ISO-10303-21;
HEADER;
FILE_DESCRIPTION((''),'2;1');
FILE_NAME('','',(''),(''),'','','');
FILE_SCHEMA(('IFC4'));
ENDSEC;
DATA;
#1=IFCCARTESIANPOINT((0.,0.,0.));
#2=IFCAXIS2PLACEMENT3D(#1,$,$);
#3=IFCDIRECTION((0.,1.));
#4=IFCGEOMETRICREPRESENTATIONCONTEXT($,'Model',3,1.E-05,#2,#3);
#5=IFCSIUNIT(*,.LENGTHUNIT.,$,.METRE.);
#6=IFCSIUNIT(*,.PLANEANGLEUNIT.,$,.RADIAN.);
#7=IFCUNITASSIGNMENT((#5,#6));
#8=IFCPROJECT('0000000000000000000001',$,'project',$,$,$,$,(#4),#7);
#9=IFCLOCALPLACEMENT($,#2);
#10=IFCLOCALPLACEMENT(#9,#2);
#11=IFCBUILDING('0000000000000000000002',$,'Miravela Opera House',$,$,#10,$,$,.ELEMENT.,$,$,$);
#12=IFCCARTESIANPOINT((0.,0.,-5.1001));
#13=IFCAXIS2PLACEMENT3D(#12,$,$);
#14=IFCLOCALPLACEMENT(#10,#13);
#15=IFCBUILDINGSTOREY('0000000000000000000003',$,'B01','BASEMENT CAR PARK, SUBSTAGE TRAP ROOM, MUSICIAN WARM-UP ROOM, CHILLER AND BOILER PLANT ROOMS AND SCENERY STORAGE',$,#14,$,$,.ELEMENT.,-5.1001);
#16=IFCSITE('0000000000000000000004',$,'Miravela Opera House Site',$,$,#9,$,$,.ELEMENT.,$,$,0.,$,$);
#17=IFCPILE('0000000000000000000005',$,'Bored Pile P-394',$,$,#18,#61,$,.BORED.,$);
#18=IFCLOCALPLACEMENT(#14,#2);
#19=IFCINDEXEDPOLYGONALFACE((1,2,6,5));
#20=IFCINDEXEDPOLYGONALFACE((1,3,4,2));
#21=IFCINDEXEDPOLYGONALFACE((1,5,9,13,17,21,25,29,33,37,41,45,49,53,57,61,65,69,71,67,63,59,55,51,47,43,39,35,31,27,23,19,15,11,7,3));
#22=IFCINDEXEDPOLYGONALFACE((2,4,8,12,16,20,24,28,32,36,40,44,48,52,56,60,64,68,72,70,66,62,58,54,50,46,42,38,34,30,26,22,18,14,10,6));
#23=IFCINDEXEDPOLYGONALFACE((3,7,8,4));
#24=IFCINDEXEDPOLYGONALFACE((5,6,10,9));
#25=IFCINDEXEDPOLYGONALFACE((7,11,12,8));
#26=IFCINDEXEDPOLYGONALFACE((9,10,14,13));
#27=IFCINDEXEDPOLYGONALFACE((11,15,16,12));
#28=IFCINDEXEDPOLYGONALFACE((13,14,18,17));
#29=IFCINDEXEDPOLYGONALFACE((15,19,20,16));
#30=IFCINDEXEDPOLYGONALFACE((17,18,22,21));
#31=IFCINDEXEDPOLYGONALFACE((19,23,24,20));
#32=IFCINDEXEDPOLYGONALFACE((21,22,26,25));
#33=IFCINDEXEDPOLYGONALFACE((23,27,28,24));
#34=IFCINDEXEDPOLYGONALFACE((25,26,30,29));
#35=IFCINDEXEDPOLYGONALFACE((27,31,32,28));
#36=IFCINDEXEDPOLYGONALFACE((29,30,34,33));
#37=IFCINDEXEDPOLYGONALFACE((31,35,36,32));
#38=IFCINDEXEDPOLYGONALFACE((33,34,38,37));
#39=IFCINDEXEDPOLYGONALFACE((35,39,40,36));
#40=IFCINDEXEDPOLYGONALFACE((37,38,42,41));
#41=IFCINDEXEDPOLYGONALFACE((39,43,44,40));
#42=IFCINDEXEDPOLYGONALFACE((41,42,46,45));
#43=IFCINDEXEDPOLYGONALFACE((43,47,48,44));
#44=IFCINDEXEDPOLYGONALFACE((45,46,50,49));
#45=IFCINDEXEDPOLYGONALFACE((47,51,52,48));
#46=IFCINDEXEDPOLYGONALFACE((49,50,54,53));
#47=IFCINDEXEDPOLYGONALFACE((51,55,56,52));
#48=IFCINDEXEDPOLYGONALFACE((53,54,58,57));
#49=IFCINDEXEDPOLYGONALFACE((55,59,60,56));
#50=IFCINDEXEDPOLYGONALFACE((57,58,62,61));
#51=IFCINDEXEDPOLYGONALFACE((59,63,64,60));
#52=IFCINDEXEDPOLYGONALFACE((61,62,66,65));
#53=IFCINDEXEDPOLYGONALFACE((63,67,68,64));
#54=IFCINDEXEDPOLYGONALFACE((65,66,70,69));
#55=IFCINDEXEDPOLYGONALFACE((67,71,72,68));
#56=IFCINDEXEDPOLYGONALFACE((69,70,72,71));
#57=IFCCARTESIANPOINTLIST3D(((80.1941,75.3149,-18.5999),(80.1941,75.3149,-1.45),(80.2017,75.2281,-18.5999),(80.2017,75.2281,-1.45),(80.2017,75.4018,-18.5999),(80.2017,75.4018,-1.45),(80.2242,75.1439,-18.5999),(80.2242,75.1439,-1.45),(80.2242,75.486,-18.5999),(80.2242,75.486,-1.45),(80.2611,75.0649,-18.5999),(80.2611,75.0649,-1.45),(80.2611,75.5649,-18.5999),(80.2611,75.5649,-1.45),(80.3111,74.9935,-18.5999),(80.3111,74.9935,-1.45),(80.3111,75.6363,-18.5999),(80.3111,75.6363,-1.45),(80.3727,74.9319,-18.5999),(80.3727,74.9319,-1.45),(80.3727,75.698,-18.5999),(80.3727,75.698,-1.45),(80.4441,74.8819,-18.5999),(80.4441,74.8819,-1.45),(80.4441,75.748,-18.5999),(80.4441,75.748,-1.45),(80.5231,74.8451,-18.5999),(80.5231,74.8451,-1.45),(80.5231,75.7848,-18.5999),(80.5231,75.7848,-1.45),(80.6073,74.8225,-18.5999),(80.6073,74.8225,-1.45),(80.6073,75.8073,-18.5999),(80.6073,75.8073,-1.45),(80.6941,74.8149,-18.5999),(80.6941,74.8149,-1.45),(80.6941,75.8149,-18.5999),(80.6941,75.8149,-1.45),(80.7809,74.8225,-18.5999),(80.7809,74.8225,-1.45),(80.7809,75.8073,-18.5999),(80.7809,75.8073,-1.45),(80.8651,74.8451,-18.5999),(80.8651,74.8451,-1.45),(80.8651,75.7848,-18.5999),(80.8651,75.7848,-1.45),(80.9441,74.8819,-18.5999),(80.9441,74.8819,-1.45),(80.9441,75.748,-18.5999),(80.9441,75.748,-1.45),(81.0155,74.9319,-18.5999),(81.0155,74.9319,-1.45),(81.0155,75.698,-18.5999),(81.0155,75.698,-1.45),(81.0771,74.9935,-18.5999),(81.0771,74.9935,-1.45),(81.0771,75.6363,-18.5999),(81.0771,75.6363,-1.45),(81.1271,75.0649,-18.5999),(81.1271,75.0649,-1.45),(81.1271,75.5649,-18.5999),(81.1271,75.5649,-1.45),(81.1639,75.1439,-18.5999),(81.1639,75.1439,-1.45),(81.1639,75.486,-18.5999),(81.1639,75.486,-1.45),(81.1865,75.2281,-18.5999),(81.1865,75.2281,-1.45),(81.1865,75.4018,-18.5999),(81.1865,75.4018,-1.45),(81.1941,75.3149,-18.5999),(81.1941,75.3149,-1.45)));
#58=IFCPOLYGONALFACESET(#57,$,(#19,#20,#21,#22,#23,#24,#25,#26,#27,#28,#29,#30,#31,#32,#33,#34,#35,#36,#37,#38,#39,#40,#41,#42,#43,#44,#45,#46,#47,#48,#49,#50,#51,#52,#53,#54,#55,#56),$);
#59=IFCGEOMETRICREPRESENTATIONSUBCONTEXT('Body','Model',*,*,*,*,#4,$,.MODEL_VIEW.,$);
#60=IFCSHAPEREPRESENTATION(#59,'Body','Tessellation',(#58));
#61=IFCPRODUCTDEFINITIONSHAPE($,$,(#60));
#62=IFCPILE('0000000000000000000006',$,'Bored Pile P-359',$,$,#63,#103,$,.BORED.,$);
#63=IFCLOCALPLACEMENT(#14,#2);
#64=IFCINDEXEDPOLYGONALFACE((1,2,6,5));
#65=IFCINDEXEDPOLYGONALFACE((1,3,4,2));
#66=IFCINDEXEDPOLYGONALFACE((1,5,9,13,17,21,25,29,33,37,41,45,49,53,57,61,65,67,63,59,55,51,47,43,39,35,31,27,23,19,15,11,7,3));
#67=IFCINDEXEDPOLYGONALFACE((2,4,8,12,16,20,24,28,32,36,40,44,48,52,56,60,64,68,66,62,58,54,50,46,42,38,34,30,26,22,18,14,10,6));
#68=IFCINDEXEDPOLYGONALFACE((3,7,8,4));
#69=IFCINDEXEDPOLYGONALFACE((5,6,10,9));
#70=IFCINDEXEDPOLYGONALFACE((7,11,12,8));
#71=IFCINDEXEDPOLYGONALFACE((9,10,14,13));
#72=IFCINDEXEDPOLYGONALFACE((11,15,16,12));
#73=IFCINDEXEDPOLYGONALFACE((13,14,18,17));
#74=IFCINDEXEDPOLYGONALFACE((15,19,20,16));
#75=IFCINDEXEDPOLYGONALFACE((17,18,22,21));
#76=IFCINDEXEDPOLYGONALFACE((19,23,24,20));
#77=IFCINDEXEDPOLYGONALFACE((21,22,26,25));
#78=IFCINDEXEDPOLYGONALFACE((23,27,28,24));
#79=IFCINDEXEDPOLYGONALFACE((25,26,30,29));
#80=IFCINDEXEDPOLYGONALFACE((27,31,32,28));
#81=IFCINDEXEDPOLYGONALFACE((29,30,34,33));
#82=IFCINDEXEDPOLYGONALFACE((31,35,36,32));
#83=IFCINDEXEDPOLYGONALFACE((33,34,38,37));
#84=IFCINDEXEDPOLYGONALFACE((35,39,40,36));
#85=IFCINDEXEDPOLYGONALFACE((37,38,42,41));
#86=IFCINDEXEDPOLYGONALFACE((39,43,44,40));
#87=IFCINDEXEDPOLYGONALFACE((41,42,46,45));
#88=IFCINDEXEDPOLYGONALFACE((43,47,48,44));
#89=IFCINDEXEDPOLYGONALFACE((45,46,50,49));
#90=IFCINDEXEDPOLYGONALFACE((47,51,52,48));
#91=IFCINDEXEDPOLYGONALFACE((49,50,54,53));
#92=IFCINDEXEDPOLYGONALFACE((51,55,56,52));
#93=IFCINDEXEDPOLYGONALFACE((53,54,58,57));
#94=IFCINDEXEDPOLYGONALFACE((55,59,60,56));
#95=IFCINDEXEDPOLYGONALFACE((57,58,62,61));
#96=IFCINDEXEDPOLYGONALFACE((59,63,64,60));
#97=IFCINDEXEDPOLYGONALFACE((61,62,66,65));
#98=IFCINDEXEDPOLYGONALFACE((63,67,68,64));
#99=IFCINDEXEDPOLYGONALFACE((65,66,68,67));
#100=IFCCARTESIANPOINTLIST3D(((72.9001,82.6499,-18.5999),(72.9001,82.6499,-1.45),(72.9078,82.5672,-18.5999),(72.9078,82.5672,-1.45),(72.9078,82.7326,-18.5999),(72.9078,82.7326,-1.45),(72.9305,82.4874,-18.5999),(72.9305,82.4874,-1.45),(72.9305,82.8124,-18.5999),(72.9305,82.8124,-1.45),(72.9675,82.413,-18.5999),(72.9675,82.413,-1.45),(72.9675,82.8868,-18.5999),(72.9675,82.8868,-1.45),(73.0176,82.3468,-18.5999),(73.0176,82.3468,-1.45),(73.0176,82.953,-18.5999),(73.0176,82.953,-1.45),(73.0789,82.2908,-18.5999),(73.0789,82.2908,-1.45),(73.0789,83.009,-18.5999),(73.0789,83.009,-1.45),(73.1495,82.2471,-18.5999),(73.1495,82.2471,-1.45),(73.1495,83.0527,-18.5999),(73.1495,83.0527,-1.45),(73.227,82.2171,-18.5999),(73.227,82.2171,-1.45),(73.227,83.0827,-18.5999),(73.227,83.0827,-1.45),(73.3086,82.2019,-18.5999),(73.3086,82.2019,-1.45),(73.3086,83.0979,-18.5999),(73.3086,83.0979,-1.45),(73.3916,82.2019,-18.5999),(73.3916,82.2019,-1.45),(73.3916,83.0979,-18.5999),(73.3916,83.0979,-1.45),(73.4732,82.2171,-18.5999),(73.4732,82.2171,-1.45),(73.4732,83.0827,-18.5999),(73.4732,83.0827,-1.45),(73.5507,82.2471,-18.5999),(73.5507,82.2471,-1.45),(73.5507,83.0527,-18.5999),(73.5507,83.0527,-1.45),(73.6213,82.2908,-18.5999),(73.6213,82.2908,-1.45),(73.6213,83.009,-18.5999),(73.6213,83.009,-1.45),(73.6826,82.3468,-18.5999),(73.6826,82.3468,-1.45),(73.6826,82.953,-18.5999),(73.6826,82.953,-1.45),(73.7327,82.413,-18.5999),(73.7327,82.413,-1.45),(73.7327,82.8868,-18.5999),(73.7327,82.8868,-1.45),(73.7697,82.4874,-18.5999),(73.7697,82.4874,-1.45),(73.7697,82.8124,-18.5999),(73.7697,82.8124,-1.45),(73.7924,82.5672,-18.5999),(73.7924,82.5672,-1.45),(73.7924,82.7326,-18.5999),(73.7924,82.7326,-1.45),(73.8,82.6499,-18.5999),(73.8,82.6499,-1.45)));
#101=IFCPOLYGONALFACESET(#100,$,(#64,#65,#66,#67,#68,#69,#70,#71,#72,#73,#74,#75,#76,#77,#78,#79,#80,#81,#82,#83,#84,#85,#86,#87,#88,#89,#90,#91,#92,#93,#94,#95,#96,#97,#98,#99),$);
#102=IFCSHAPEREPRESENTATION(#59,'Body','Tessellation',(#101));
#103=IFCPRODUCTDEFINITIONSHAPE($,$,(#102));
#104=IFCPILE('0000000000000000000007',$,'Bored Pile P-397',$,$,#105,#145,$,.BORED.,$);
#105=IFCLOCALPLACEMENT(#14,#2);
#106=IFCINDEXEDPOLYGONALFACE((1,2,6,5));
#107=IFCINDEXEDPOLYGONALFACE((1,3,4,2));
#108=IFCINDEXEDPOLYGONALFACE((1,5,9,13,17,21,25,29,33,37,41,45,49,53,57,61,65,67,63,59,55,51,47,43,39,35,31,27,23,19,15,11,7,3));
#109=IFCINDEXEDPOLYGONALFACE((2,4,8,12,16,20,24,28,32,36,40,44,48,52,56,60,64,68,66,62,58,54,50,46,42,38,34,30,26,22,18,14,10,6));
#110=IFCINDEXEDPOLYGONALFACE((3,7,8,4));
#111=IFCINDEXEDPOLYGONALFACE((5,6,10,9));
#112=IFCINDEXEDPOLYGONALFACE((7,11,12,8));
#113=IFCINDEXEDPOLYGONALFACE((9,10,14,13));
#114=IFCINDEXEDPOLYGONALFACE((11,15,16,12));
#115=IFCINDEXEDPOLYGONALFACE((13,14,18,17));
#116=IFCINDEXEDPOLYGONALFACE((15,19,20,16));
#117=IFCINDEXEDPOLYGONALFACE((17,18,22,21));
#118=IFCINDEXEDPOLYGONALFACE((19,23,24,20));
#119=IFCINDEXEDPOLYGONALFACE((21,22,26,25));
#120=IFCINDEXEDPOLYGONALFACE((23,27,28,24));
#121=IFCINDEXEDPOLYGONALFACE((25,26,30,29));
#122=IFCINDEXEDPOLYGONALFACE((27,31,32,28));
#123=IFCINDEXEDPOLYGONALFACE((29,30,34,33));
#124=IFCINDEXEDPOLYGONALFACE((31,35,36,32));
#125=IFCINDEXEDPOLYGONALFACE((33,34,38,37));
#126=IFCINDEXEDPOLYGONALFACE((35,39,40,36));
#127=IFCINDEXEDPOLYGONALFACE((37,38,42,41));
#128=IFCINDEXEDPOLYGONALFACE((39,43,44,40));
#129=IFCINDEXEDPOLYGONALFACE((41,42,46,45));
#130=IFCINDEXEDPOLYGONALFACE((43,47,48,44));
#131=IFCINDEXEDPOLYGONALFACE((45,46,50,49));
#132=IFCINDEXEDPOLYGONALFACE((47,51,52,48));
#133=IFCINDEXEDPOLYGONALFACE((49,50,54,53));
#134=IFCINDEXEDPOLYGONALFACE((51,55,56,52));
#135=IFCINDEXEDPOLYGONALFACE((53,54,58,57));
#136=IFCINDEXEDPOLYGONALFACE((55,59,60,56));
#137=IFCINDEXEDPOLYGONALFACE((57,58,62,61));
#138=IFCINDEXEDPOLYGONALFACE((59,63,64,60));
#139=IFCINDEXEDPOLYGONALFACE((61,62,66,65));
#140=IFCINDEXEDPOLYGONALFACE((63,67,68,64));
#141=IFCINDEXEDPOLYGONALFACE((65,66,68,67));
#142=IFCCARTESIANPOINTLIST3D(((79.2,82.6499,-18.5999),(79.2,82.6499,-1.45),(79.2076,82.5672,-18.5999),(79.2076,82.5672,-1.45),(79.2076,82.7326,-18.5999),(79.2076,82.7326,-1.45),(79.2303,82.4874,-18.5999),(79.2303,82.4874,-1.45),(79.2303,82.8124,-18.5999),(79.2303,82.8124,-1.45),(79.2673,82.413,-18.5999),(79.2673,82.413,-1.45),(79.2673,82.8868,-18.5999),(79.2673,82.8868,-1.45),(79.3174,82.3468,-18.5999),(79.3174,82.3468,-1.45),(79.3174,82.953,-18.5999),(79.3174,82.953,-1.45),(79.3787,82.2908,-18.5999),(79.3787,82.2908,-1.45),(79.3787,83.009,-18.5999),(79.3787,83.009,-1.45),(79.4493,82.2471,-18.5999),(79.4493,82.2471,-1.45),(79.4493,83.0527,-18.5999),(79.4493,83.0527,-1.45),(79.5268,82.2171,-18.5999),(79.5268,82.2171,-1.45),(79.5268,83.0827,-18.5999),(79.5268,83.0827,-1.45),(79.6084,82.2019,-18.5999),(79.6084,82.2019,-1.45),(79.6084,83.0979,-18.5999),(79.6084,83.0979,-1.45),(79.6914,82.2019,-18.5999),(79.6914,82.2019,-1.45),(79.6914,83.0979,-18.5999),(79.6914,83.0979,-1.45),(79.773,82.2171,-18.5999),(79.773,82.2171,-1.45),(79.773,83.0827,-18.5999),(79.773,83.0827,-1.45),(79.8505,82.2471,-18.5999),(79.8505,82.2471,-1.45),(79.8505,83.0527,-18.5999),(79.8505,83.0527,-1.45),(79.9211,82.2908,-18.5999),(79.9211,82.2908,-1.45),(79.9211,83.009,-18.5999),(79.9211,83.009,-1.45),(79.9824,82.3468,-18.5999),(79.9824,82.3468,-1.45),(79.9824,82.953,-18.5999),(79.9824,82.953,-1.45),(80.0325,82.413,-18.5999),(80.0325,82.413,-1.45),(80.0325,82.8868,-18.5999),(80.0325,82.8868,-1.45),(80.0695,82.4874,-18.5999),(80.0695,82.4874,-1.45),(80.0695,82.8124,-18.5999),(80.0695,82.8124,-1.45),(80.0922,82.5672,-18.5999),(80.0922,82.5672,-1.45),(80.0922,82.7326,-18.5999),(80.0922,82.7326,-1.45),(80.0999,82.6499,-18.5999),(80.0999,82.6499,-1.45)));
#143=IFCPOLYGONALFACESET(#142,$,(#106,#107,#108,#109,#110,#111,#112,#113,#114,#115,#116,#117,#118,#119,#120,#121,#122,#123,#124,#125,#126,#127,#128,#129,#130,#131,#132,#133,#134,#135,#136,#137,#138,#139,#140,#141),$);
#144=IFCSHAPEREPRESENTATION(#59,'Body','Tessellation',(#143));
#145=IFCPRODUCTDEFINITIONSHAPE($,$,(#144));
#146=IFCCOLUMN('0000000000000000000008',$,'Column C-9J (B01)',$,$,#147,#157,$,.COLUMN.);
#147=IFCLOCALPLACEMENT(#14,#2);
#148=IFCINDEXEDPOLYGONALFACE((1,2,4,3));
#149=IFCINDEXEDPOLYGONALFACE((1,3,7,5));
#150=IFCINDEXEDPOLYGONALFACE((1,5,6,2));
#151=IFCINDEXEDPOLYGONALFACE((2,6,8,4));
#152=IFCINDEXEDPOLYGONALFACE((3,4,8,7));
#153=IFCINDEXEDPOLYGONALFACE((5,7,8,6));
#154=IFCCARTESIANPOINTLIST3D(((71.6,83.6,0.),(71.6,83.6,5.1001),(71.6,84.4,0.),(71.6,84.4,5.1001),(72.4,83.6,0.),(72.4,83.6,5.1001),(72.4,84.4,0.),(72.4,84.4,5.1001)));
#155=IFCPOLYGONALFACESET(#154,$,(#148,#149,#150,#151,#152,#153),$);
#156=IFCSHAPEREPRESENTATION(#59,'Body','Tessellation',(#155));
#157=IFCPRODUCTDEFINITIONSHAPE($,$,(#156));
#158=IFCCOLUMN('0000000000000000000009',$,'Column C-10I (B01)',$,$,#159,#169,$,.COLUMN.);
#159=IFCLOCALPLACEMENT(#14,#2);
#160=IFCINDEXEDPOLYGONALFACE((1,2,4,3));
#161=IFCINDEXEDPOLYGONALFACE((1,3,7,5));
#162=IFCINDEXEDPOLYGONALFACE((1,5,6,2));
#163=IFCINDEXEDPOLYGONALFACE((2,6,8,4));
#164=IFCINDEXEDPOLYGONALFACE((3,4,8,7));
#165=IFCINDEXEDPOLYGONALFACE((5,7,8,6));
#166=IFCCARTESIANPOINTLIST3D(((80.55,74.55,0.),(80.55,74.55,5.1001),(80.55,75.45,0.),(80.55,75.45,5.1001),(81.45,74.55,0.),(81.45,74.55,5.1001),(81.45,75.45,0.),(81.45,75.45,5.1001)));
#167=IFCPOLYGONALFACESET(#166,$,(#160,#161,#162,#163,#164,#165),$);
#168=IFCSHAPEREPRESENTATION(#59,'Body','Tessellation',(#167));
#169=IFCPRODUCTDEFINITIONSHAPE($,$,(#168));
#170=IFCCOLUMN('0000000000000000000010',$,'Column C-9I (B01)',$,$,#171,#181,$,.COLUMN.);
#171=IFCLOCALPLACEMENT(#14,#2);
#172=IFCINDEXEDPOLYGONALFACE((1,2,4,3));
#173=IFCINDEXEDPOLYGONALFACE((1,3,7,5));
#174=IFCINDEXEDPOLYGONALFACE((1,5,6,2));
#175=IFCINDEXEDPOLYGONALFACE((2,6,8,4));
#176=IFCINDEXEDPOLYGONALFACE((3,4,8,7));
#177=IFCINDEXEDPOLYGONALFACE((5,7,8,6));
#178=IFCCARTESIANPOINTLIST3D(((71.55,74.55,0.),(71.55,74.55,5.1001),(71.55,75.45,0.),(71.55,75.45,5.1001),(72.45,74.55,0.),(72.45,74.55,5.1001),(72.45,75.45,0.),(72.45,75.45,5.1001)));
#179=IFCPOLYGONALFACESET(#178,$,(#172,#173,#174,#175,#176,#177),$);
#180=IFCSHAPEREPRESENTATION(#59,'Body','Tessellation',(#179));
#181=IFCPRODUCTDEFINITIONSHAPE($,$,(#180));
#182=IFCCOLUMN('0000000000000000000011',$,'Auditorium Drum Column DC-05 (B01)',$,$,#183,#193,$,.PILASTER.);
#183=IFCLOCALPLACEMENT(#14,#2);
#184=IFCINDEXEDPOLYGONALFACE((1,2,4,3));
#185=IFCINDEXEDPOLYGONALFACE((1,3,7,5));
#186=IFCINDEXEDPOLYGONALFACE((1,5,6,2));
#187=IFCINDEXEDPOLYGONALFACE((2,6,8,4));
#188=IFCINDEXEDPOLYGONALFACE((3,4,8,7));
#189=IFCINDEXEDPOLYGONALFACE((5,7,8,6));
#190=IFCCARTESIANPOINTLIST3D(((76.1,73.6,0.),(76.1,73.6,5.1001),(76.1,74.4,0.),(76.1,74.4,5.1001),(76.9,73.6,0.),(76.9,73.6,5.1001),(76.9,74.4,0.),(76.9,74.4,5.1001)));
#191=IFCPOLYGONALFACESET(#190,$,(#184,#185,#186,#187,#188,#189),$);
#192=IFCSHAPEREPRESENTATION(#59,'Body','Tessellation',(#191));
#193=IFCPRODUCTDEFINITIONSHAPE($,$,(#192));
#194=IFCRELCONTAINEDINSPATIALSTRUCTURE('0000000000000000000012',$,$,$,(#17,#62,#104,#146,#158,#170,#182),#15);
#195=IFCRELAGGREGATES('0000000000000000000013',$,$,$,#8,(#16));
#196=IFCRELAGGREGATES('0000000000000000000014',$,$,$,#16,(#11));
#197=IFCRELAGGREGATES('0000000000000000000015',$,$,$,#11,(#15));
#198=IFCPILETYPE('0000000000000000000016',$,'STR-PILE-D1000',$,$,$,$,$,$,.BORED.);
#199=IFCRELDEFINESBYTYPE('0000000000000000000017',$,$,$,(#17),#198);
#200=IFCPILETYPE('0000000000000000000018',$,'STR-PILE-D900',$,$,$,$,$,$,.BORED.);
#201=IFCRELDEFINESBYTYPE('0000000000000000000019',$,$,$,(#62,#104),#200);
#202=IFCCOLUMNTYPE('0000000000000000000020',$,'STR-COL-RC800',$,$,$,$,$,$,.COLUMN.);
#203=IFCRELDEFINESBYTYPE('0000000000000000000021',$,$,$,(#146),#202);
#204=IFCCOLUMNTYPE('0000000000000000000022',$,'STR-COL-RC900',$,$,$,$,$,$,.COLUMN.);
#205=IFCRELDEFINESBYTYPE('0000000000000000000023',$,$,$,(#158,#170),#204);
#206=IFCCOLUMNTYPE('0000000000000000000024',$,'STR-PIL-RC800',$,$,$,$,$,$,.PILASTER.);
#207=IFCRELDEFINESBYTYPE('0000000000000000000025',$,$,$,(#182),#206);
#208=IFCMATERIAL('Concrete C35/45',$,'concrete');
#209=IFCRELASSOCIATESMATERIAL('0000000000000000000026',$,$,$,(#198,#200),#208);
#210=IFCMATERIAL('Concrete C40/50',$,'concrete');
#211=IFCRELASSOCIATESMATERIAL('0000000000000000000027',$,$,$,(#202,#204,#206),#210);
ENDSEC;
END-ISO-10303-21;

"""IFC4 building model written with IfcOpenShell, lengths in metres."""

from ifc_helpers import new_model, si_unit, direction, frame, origin, origin_2d, place, context, subcontext, project, spatial, rectangle, circle, extrude, material, material_profile, profile_set, type_object, element, save


model = new_model("IFC4")

# Units and contexts
model_context = context("Model", 3, precision=1e-05, world=origin(), true_north=direction((0.0, 1.0)))
body_context = subcontext(model_context, "Body", "Model", "MODEL_VIEW")
ifc_project = project(units=[si_unit("LENGTHUNIT", "METRE"), si_unit("PLANEANGLEUNIT", "RADIAN")], contexts=[model_context])

# Site, building, storey
site_placement = place(None, origin())
site = spatial("IfcSite", under=ifc_project, at=site_placement, Name="Miravela Opera House Site", CompositionType="ELEMENT", RefElevation=0.0)
building_placement = place(site_placement, origin())
building = spatial("IfcBuilding", under=site, at=building_placement, Name="Miravela Opera House", CompositionType="ELEMENT")
storey_placement = place(building_placement, frame((0.0, 0.0, -5.1001)))
storey = spatial("IfcBuildingStorey", under=building, at=storey_placement, Name="B01", Description="BASEMENT CAR PARK, SUBSTAGE TRAP ROOM, MUSICIAN WARM-UP ROOM, CHILLER AND BOILER PLANT ROOMS AND SCENERY STORAGE", CompositionType="ELEMENT", Elevation=-5.1001)

# Shared definitions
ifc_material_1 = material(Name="Concrete C35/45", Category="concrete")

# Piles
ifc_material_profile_1 = material_profile(ifc_material_1, circle(Radius=0.5, at=origin_2d()), Name="PILE-D1000")
ifc_profile_set_1 = profile_set([ifc_material_profile_1])
pile_type_1 = type_object("IfcPileType", Name="STR-PILE-D1000", PredefinedType="BORED", material=ifc_profile_set_1)
for number, where, z_axis, x_axis, name in (
    (1, (80.6941, 75.3149, -1.45), (0.0, 0.0, -1.0), (1.0, 0.0, 0.0), "Bored Pile P-394"),
):
    element("IfcPile", number, at=place(storey_placement, frame(where, z_axis=z_axis, x_axis=x_axis)), inside=storey, type_object=pile_type_1, Name=name, PredefinedType="BORED", context=body_context, shape_type="SweptSolid", body=[
        extrude(circle(Radius=0.5, at=origin_2d()), origin(), (0.0, 0.0, 1.0), 17.1499),
    ])
ifc_material_profile_2 = material_profile(ifc_material_1, circle(Radius=0.45, at=origin_2d()), Name="PILE-D900")
ifc_profile_set_2 = profile_set([ifc_material_profile_2])
pile_type_2 = type_object("IfcPileType", Name="STR-PILE-D900", PredefinedType="BORED", material=ifc_profile_set_2)
for number, where, z_axis, x_axis, name in (
    (2, (73.3501, 82.6499, -1.45), (0.0, 0.0, -1.0), (1.0, 0.0, 0.0), "Bored Pile P-359"),
    (3, (79.6499, 82.6499, -1.45), (0.0, 0.0, -1.0), (1.0, 0.0, 0.0), "Bored Pile P-397"),
):
    element("IfcPile", number, at=place(storey_placement, frame(where, z_axis=z_axis, x_axis=x_axis)), inside=storey, type_object=pile_type_2, Name=name, PredefinedType="BORED", context=body_context, shape_type="SweptSolid", body=[
        extrude(circle(Radius=0.45, at=origin_2d()), origin(), (0.0, 0.0, 1.0), 17.1499),
    ])

# Columns
ifc_material_2 = material(Name="Concrete C40/50", Category="concrete")
ifc_material_profile_3 = material_profile(ifc_material_2, rectangle(XDim=0.8, YDim=0.8, at=origin_2d()), Name="RC-COL-800X800")
ifc_profile_set_3 = profile_set([ifc_material_profile_3])
column_type_1 = type_object("IfcColumnType", Name="STR-COL-RC800", PredefinedType="COLUMN", material=ifc_profile_set_3)
column_1_placement = place(storey_placement, frame((72.0, 84.0, 0.0), z_axis=(0.0, 0.0, 1.0), x_axis=(1.0, 0.0, 0.0)))
element("IfcColumn", 4, at=column_1_placement, inside=storey, type_object=column_type_1, Name="Column C-9J (B01)", PredefinedType="COLUMN", context=body_context, shape_type="SweptSolid", body=[
    extrude(rectangle(XDim=0.8, YDim=0.8, at=origin_2d()), origin(), (0.0, 0.0, 1.0), 5.1001),
])
ifc_material_profile_4 = material_profile(ifc_material_2, rectangle(XDim=0.8999, YDim=0.8999, at=origin_2d()), Name="RC-COL-900X900")
ifc_profile_set_4 = profile_set([ifc_material_profile_4])
column_type_2 = type_object("IfcColumnType", Name="STR-COL-RC900", PredefinedType="COLUMN", material=ifc_profile_set_4)
for number, where, z_axis, x_axis, name in (
    (5, (81.0, 75.0, 0.0), (0.0, 0.0, 1.0), (1.0, 0.0, 0.0), "Column C-10I (B01)"),
    (6, (72.0, 75.0, 0.0), (0.0, 0.0, 1.0), (1.0, 0.0, 0.0), "Column C-9I (B01)"),
):
    element("IfcColumn", number, at=place(storey_placement, frame(where, z_axis=z_axis, x_axis=x_axis)), inside=storey, type_object=column_type_2, Name=name, PredefinedType="COLUMN", context=body_context, shape_type="SweptSolid", body=[
        extrude(rectangle(XDim=0.8999, YDim=0.8999, at=origin_2d()), origin(), (0.0, 0.0, 1.0), 5.1001),
    ])
ifc_material_profile_5 = material_profile(ifc_material_2, rectangle(XDim=0.8, YDim=0.8, at=origin_2d()), Name="RC-COL-800X800")
ifc_profile_set_5 = profile_set([ifc_material_profile_5])
column_type_3 = type_object("IfcColumnType", Name="STR-PIL-RC800", PredefinedType="PILASTER", material=ifc_profile_set_5)
column_2_placement = place(storey_placement, frame((76.5, 74.0, 0.0), z_axis=(0.0, 0.0, 1.0), x_axis=(0.0, 1.0, 0.0)))
element("IfcColumn", 7, at=column_2_placement, inside=storey, type_object=column_type_3, Name="Auditorium Drum Column DC-05 (B01)", PredefinedType="PILASTER", context=body_context, shape_type="SweptSolid", body=[
    extrude(rectangle(XDim=0.8, YDim=0.8, at=origin_2d()), origin(), (0.0, 0.0, 1.0), 5.1001),
])

save(model, "model.ifc")
